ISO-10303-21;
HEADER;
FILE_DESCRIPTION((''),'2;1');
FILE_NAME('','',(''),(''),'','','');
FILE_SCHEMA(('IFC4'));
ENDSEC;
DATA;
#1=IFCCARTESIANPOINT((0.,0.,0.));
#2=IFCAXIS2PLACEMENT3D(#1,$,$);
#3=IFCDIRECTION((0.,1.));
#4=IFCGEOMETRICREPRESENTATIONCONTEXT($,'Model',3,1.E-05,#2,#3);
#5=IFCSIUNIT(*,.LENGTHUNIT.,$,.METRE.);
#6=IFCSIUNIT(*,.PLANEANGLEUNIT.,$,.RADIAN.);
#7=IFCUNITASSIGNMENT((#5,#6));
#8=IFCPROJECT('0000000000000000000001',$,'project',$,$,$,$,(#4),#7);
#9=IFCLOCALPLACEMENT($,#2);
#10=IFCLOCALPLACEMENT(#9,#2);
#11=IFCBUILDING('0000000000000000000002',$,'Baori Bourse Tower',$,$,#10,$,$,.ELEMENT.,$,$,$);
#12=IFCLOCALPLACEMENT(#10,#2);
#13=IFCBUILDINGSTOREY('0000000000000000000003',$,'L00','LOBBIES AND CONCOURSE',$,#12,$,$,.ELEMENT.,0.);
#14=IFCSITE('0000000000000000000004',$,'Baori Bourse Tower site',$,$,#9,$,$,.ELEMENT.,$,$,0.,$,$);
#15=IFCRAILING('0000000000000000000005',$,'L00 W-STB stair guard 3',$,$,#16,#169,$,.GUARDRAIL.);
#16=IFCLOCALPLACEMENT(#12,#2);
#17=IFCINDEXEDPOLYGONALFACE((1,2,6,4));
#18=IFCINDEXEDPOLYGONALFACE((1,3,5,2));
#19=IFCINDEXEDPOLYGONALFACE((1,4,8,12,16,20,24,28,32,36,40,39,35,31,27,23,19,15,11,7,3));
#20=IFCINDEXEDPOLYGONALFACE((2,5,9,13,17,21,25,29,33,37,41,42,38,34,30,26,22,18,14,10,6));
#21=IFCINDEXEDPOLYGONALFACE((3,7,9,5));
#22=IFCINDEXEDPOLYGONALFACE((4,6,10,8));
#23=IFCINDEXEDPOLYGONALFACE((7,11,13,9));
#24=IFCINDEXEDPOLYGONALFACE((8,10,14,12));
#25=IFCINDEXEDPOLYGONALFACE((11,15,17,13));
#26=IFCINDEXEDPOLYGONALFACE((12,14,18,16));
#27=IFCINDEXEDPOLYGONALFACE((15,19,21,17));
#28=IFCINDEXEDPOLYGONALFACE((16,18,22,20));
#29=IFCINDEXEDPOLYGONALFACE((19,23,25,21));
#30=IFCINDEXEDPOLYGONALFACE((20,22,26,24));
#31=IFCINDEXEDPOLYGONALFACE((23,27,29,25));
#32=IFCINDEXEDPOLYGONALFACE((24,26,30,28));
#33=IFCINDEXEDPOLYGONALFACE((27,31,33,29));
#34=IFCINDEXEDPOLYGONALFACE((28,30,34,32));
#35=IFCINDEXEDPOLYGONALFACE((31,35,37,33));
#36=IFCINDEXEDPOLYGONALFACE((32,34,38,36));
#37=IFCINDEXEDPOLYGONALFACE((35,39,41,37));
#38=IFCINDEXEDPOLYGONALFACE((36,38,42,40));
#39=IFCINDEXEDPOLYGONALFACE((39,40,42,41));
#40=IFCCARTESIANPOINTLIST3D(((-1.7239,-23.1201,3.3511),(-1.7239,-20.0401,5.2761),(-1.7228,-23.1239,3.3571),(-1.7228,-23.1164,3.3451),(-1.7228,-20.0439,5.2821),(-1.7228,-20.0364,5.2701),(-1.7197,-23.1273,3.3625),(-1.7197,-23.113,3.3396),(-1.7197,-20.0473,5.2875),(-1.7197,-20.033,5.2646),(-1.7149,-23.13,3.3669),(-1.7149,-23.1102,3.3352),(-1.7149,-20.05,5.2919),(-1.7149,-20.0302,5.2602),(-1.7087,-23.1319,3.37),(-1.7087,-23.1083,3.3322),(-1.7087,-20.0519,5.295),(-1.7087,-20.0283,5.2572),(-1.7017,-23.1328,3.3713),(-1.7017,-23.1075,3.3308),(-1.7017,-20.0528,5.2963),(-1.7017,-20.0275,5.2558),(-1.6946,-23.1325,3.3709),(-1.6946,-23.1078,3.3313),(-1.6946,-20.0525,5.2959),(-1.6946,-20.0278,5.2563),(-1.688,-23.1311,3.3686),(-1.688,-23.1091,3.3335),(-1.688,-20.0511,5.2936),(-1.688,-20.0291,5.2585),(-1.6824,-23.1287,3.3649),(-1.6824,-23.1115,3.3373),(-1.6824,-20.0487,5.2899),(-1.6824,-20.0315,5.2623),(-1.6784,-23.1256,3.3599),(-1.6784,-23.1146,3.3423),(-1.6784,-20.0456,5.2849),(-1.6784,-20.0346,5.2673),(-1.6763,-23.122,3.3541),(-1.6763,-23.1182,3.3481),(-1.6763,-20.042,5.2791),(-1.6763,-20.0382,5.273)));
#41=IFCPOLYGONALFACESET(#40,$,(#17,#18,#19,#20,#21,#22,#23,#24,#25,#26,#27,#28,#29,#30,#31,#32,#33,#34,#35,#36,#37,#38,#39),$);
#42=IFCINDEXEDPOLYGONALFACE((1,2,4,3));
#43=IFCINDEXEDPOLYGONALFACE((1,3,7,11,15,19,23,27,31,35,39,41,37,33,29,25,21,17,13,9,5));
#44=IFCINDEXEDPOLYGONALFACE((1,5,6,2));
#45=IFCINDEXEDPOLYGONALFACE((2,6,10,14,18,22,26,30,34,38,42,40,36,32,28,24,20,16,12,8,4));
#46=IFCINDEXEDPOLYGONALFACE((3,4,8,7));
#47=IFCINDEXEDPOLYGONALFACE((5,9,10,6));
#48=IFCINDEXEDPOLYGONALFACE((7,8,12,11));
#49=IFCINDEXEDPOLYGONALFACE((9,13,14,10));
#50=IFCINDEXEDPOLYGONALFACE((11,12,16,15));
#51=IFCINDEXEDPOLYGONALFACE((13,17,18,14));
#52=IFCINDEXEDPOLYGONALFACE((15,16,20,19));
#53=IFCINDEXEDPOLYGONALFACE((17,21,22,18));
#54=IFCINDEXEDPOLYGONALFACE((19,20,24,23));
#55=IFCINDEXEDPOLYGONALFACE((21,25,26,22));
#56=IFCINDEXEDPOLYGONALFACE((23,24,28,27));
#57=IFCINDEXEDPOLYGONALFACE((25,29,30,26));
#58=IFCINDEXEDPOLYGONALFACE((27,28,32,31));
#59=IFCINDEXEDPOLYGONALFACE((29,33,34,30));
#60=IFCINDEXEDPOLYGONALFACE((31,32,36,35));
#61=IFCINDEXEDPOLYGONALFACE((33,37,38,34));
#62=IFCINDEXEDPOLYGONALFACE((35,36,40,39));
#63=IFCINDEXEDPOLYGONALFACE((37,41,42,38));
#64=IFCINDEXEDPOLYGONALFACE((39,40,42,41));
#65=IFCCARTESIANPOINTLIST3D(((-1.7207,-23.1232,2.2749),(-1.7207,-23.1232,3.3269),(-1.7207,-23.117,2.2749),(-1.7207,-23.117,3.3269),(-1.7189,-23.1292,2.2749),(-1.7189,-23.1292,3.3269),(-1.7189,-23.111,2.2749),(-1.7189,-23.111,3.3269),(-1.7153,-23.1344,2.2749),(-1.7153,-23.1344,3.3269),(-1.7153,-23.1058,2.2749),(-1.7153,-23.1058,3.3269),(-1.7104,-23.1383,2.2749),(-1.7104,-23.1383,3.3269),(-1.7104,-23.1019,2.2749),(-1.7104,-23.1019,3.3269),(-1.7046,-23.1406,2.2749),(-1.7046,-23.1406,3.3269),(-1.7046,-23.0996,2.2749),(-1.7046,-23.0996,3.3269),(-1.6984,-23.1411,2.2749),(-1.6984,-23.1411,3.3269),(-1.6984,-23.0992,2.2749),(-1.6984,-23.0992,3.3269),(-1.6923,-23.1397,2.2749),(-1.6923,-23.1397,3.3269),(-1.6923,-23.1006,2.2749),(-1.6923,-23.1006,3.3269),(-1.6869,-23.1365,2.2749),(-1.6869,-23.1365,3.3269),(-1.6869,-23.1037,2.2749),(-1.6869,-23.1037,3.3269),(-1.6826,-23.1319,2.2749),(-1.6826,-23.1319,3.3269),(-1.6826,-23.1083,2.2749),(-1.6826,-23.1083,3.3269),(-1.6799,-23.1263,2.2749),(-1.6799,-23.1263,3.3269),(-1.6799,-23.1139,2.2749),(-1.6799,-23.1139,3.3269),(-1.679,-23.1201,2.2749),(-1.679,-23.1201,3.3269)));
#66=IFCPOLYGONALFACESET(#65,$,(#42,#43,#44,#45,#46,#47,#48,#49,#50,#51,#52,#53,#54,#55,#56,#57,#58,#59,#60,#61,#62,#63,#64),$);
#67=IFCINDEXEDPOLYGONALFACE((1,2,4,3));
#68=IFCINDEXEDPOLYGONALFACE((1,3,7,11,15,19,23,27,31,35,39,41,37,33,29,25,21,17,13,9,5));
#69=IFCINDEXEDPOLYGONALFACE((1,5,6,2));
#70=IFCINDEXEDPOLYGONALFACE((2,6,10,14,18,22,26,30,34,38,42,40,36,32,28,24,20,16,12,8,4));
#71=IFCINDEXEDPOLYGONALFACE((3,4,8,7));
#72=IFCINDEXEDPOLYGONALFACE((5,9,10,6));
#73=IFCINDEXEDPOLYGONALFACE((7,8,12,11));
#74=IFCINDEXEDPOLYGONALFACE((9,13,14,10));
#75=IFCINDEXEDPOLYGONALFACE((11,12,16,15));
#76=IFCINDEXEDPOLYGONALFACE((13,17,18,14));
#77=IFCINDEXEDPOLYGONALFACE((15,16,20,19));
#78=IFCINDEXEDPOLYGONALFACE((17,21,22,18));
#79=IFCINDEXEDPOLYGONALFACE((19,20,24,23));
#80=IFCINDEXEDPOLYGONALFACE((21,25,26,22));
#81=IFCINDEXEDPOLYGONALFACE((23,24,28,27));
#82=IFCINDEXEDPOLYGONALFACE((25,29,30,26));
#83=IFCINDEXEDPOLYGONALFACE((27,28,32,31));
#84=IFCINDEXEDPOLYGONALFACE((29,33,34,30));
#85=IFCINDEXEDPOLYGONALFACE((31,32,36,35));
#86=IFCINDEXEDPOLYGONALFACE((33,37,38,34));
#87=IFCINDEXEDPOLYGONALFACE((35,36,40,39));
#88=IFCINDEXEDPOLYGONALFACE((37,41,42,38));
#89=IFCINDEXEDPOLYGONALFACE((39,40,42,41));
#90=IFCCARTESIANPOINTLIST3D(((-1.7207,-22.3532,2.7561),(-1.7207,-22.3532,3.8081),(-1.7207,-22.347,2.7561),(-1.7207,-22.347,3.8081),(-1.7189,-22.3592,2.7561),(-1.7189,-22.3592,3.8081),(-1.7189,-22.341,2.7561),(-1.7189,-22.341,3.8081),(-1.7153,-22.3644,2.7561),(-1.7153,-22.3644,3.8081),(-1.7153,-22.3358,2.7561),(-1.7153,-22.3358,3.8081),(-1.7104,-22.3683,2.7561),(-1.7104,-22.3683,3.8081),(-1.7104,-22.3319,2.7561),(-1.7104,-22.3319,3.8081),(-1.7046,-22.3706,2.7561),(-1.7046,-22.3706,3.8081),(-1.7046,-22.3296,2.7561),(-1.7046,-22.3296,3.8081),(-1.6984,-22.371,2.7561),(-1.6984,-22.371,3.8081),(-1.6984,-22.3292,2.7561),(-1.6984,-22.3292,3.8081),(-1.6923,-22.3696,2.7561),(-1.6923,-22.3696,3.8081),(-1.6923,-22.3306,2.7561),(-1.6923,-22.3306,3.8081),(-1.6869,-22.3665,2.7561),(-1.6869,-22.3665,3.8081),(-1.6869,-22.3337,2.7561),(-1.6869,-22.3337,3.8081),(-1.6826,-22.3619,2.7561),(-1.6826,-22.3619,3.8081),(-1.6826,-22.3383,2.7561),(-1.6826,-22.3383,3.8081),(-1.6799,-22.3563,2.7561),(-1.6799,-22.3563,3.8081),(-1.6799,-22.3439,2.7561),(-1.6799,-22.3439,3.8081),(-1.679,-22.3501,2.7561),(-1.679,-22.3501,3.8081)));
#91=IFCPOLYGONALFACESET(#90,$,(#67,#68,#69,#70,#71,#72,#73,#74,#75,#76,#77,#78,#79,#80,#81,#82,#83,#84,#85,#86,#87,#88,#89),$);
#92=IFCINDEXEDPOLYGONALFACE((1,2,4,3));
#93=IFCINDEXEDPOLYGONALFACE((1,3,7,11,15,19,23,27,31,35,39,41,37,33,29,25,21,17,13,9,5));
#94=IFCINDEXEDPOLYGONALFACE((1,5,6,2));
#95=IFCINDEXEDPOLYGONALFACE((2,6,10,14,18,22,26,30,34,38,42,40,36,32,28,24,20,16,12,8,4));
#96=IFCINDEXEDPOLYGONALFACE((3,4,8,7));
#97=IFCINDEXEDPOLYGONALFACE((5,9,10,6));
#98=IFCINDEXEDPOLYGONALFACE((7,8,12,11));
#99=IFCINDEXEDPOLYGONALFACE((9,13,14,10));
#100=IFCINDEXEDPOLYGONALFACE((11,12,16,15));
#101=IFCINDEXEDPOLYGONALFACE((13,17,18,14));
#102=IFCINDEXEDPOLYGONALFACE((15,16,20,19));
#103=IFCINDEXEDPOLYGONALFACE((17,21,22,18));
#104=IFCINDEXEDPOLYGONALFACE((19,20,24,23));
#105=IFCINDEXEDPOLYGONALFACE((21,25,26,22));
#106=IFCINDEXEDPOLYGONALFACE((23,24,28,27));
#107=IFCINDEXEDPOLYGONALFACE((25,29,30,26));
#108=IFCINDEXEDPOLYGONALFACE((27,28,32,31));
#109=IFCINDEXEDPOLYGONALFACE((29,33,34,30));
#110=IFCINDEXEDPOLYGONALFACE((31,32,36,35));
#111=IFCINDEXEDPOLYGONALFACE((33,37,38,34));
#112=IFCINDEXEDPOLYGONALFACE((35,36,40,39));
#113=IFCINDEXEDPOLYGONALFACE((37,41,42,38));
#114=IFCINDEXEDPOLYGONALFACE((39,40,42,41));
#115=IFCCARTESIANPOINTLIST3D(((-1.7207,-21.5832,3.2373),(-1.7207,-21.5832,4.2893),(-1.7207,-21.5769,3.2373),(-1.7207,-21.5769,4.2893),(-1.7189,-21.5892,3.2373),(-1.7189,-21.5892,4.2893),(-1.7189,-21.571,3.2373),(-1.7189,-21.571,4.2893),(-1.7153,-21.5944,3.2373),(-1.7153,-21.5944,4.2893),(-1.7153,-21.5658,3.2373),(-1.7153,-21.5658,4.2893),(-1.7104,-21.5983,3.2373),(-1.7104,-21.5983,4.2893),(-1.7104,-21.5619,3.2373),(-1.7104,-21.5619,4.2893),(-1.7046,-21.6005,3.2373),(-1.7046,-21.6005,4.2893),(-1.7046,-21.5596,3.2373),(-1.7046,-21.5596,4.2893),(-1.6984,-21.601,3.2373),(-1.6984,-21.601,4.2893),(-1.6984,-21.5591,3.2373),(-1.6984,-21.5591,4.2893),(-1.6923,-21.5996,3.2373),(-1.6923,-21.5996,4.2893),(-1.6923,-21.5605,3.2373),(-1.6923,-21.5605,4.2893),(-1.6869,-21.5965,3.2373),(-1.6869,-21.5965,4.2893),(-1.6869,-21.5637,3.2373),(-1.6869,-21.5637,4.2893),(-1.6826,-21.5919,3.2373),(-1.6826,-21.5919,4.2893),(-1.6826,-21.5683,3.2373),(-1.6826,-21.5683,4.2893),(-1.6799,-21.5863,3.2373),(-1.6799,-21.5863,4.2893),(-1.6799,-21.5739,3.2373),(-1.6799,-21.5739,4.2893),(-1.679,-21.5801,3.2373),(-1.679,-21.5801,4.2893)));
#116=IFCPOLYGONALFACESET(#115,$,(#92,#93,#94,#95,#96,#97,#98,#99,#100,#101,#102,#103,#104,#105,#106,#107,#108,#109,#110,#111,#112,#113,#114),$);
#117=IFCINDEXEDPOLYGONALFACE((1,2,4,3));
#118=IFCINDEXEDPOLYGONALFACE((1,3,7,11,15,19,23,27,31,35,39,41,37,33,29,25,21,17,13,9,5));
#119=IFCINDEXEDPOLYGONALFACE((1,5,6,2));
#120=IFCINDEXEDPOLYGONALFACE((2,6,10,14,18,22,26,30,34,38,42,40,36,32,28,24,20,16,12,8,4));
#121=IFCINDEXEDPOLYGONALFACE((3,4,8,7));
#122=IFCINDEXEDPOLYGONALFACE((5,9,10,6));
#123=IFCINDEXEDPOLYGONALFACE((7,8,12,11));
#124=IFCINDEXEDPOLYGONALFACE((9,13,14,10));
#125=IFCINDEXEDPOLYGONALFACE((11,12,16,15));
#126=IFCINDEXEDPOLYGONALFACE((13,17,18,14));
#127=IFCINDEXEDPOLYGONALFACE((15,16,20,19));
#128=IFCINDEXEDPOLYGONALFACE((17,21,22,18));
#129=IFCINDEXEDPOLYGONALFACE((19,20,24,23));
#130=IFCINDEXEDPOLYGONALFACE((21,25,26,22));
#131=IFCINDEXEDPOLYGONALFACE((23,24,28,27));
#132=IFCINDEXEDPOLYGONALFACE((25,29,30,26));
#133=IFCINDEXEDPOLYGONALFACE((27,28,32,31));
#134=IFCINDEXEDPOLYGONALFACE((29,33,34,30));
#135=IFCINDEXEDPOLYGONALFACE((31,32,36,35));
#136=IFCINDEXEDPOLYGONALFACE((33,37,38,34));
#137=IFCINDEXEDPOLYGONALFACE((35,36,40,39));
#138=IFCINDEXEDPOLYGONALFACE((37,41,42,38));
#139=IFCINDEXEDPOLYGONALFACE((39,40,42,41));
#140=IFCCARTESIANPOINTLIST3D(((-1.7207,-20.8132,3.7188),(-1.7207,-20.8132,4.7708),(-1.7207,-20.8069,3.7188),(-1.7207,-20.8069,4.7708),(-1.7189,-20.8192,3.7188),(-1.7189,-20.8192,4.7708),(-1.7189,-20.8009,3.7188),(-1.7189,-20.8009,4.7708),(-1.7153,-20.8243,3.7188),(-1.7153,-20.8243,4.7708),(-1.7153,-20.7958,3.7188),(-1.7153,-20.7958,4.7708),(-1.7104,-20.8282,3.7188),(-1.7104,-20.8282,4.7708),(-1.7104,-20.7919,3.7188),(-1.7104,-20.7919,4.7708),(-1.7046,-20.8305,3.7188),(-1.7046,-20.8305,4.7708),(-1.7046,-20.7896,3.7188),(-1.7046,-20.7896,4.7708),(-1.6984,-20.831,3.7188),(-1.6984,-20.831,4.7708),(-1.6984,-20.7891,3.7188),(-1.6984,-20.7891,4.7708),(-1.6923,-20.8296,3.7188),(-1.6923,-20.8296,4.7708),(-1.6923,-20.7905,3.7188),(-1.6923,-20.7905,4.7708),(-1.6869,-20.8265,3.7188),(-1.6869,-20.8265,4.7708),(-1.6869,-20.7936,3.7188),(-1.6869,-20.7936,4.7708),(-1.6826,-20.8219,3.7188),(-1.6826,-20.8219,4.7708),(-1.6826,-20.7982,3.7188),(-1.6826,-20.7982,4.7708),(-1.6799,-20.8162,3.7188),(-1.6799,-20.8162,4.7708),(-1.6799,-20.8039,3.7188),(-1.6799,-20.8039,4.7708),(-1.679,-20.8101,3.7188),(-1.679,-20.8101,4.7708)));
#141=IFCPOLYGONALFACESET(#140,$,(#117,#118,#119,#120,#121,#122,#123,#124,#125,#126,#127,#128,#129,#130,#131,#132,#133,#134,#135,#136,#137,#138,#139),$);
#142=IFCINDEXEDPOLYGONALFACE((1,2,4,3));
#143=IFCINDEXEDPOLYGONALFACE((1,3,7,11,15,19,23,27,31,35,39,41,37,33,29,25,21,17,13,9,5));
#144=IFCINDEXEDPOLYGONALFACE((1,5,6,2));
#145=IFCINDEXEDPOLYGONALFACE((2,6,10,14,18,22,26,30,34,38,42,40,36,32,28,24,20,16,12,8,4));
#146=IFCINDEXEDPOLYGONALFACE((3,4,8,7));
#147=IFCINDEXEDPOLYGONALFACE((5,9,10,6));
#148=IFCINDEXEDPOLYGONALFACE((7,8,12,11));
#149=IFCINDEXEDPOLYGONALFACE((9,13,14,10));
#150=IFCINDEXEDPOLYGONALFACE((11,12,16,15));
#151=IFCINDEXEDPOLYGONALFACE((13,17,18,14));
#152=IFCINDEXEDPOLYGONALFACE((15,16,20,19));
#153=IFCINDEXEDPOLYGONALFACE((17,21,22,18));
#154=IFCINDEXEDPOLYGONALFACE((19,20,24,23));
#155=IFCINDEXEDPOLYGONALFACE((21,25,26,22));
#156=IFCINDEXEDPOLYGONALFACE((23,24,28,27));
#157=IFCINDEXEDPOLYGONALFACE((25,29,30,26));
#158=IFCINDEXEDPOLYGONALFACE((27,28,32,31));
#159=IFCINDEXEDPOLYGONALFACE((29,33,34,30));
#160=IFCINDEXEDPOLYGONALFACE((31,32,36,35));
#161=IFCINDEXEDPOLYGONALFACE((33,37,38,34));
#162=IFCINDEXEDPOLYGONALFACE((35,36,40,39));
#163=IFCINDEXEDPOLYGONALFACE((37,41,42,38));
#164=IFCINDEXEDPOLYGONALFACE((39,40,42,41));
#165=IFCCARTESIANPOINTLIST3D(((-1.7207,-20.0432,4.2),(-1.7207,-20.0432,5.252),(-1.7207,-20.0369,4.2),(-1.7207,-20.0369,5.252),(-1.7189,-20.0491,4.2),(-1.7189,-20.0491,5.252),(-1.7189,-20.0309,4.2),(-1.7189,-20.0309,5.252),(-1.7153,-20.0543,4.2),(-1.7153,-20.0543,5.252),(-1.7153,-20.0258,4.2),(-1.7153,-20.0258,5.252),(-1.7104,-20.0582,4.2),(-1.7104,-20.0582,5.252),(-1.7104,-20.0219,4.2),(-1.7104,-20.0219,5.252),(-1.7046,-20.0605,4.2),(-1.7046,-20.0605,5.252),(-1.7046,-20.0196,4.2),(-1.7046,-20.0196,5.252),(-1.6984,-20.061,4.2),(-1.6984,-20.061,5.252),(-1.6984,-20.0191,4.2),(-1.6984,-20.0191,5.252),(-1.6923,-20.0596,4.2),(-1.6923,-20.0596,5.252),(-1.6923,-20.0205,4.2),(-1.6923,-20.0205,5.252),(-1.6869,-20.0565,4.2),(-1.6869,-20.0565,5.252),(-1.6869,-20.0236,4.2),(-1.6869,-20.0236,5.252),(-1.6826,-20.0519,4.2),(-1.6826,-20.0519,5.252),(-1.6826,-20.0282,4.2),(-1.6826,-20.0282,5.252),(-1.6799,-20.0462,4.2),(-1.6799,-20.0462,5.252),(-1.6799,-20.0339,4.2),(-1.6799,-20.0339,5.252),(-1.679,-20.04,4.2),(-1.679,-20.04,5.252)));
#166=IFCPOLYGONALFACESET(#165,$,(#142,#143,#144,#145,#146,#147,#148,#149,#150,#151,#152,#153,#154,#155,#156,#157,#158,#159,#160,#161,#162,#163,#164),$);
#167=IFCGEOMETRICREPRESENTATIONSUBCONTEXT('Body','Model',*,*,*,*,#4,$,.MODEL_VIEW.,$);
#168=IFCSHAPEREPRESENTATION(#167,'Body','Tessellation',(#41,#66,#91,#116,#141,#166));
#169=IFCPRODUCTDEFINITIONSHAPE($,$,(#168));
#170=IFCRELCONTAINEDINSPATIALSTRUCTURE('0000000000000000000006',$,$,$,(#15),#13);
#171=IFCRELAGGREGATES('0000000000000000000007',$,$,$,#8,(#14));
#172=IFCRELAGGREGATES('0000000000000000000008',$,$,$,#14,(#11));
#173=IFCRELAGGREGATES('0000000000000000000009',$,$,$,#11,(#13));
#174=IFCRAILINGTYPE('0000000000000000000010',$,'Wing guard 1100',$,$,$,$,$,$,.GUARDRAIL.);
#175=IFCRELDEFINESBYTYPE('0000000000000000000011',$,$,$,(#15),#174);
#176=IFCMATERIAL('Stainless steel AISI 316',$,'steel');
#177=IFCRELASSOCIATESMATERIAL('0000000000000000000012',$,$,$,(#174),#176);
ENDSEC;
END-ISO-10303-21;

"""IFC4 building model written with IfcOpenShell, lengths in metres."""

from ifc_helpers import new_model, si_unit, direction, frame, origin, origin_2d, place, context, subcontext, project, spatial, circle, extrude, material, type_object, element, save


model = new_model("IFC4")

# Units and contexts
model_context = context("Model", 3, precision=1e-05, world=origin(), true_north=direction((0.0, 1.0)))
body_context = subcontext(model_context, "Body", "Model", "MODEL_VIEW")
ifc_project = project(units=[si_unit("LENGTHUNIT", "METRE"), si_unit("PLANEANGLEUNIT", "RADIAN")], contexts=[model_context])

# Site, building, storey
site_placement = place(None, origin())
site = spatial("IfcSite", under=ifc_project, at=site_placement, Name="Baori Bourse Tower site", CompositionType="ELEMENT", RefElevation=0.0)
building_placement = place(site_placement, origin())
building = spatial("IfcBuilding", under=site, at=building_placement, Name="Baori Bourse Tower", CompositionType="ELEMENT")
storey_placement = place(building_placement, origin())
storey = spatial("IfcBuildingStorey", under=building, at=storey_placement, Name="L00", Description="LOBBIES AND CONCOURSE", CompositionType="ELEMENT", Elevation=0.0)

# Railing
ifc_material_1 = material(Name="Stainless steel AISI 316", Category="steel")
railing_type = type_object("IfcRailingType", Name="Wing guard 1100", PredefinedType="GUARDRAIL", material=ifc_material_1)
railing_1_placement = place(storey_placement, frame((-1.7, -23.1201, 2.2749)))
element("IfcRailing", 1, at=railing_1_placement, inside=storey, type_object=railing_type, Name="L00 W-STB stair guard 3", PredefinedType="GUARDRAIL", context=body_context, shape_type="SweptSolid", body=[
    extrude(circle(Radius=0.0239, at=origin_2d()), frame((0.0, 0.0, 1.0762), z_axis=(0.0, 0.847998, 0.529999), x_axis=(-1.0, 0.0, 0.0)), (0.0, 0.0, 1.0), 3.6321),
    extrude(circle(Radius=0.021, at=origin_2d()), origin(), (0.0, 0.0, 1.0), 1.052),
    extrude(circle(Radius=0.021, at=origin_2d()), frame((0.0, 0.77, 0.4812)), (0.0, 0.0, 1.0), 1.052),
    extrude(circle(Radius=0.021, at=origin_2d()), frame((0.0, 1.54, 0.9624)), (0.0, 0.0, 1.0), 1.052),
    extrude(circle(Radius=0.021, at=origin_2d()), frame((0.0, 2.3101, 1.4438)), (0.0, 0.0, 1.0), 1.052),
    extrude(circle(Radius=0.021, at=origin_2d()), frame((0.0, 3.0801, 1.925)), (0.0, 0.0, 1.0), 1.052),
])

save(model, "model.ifc")
